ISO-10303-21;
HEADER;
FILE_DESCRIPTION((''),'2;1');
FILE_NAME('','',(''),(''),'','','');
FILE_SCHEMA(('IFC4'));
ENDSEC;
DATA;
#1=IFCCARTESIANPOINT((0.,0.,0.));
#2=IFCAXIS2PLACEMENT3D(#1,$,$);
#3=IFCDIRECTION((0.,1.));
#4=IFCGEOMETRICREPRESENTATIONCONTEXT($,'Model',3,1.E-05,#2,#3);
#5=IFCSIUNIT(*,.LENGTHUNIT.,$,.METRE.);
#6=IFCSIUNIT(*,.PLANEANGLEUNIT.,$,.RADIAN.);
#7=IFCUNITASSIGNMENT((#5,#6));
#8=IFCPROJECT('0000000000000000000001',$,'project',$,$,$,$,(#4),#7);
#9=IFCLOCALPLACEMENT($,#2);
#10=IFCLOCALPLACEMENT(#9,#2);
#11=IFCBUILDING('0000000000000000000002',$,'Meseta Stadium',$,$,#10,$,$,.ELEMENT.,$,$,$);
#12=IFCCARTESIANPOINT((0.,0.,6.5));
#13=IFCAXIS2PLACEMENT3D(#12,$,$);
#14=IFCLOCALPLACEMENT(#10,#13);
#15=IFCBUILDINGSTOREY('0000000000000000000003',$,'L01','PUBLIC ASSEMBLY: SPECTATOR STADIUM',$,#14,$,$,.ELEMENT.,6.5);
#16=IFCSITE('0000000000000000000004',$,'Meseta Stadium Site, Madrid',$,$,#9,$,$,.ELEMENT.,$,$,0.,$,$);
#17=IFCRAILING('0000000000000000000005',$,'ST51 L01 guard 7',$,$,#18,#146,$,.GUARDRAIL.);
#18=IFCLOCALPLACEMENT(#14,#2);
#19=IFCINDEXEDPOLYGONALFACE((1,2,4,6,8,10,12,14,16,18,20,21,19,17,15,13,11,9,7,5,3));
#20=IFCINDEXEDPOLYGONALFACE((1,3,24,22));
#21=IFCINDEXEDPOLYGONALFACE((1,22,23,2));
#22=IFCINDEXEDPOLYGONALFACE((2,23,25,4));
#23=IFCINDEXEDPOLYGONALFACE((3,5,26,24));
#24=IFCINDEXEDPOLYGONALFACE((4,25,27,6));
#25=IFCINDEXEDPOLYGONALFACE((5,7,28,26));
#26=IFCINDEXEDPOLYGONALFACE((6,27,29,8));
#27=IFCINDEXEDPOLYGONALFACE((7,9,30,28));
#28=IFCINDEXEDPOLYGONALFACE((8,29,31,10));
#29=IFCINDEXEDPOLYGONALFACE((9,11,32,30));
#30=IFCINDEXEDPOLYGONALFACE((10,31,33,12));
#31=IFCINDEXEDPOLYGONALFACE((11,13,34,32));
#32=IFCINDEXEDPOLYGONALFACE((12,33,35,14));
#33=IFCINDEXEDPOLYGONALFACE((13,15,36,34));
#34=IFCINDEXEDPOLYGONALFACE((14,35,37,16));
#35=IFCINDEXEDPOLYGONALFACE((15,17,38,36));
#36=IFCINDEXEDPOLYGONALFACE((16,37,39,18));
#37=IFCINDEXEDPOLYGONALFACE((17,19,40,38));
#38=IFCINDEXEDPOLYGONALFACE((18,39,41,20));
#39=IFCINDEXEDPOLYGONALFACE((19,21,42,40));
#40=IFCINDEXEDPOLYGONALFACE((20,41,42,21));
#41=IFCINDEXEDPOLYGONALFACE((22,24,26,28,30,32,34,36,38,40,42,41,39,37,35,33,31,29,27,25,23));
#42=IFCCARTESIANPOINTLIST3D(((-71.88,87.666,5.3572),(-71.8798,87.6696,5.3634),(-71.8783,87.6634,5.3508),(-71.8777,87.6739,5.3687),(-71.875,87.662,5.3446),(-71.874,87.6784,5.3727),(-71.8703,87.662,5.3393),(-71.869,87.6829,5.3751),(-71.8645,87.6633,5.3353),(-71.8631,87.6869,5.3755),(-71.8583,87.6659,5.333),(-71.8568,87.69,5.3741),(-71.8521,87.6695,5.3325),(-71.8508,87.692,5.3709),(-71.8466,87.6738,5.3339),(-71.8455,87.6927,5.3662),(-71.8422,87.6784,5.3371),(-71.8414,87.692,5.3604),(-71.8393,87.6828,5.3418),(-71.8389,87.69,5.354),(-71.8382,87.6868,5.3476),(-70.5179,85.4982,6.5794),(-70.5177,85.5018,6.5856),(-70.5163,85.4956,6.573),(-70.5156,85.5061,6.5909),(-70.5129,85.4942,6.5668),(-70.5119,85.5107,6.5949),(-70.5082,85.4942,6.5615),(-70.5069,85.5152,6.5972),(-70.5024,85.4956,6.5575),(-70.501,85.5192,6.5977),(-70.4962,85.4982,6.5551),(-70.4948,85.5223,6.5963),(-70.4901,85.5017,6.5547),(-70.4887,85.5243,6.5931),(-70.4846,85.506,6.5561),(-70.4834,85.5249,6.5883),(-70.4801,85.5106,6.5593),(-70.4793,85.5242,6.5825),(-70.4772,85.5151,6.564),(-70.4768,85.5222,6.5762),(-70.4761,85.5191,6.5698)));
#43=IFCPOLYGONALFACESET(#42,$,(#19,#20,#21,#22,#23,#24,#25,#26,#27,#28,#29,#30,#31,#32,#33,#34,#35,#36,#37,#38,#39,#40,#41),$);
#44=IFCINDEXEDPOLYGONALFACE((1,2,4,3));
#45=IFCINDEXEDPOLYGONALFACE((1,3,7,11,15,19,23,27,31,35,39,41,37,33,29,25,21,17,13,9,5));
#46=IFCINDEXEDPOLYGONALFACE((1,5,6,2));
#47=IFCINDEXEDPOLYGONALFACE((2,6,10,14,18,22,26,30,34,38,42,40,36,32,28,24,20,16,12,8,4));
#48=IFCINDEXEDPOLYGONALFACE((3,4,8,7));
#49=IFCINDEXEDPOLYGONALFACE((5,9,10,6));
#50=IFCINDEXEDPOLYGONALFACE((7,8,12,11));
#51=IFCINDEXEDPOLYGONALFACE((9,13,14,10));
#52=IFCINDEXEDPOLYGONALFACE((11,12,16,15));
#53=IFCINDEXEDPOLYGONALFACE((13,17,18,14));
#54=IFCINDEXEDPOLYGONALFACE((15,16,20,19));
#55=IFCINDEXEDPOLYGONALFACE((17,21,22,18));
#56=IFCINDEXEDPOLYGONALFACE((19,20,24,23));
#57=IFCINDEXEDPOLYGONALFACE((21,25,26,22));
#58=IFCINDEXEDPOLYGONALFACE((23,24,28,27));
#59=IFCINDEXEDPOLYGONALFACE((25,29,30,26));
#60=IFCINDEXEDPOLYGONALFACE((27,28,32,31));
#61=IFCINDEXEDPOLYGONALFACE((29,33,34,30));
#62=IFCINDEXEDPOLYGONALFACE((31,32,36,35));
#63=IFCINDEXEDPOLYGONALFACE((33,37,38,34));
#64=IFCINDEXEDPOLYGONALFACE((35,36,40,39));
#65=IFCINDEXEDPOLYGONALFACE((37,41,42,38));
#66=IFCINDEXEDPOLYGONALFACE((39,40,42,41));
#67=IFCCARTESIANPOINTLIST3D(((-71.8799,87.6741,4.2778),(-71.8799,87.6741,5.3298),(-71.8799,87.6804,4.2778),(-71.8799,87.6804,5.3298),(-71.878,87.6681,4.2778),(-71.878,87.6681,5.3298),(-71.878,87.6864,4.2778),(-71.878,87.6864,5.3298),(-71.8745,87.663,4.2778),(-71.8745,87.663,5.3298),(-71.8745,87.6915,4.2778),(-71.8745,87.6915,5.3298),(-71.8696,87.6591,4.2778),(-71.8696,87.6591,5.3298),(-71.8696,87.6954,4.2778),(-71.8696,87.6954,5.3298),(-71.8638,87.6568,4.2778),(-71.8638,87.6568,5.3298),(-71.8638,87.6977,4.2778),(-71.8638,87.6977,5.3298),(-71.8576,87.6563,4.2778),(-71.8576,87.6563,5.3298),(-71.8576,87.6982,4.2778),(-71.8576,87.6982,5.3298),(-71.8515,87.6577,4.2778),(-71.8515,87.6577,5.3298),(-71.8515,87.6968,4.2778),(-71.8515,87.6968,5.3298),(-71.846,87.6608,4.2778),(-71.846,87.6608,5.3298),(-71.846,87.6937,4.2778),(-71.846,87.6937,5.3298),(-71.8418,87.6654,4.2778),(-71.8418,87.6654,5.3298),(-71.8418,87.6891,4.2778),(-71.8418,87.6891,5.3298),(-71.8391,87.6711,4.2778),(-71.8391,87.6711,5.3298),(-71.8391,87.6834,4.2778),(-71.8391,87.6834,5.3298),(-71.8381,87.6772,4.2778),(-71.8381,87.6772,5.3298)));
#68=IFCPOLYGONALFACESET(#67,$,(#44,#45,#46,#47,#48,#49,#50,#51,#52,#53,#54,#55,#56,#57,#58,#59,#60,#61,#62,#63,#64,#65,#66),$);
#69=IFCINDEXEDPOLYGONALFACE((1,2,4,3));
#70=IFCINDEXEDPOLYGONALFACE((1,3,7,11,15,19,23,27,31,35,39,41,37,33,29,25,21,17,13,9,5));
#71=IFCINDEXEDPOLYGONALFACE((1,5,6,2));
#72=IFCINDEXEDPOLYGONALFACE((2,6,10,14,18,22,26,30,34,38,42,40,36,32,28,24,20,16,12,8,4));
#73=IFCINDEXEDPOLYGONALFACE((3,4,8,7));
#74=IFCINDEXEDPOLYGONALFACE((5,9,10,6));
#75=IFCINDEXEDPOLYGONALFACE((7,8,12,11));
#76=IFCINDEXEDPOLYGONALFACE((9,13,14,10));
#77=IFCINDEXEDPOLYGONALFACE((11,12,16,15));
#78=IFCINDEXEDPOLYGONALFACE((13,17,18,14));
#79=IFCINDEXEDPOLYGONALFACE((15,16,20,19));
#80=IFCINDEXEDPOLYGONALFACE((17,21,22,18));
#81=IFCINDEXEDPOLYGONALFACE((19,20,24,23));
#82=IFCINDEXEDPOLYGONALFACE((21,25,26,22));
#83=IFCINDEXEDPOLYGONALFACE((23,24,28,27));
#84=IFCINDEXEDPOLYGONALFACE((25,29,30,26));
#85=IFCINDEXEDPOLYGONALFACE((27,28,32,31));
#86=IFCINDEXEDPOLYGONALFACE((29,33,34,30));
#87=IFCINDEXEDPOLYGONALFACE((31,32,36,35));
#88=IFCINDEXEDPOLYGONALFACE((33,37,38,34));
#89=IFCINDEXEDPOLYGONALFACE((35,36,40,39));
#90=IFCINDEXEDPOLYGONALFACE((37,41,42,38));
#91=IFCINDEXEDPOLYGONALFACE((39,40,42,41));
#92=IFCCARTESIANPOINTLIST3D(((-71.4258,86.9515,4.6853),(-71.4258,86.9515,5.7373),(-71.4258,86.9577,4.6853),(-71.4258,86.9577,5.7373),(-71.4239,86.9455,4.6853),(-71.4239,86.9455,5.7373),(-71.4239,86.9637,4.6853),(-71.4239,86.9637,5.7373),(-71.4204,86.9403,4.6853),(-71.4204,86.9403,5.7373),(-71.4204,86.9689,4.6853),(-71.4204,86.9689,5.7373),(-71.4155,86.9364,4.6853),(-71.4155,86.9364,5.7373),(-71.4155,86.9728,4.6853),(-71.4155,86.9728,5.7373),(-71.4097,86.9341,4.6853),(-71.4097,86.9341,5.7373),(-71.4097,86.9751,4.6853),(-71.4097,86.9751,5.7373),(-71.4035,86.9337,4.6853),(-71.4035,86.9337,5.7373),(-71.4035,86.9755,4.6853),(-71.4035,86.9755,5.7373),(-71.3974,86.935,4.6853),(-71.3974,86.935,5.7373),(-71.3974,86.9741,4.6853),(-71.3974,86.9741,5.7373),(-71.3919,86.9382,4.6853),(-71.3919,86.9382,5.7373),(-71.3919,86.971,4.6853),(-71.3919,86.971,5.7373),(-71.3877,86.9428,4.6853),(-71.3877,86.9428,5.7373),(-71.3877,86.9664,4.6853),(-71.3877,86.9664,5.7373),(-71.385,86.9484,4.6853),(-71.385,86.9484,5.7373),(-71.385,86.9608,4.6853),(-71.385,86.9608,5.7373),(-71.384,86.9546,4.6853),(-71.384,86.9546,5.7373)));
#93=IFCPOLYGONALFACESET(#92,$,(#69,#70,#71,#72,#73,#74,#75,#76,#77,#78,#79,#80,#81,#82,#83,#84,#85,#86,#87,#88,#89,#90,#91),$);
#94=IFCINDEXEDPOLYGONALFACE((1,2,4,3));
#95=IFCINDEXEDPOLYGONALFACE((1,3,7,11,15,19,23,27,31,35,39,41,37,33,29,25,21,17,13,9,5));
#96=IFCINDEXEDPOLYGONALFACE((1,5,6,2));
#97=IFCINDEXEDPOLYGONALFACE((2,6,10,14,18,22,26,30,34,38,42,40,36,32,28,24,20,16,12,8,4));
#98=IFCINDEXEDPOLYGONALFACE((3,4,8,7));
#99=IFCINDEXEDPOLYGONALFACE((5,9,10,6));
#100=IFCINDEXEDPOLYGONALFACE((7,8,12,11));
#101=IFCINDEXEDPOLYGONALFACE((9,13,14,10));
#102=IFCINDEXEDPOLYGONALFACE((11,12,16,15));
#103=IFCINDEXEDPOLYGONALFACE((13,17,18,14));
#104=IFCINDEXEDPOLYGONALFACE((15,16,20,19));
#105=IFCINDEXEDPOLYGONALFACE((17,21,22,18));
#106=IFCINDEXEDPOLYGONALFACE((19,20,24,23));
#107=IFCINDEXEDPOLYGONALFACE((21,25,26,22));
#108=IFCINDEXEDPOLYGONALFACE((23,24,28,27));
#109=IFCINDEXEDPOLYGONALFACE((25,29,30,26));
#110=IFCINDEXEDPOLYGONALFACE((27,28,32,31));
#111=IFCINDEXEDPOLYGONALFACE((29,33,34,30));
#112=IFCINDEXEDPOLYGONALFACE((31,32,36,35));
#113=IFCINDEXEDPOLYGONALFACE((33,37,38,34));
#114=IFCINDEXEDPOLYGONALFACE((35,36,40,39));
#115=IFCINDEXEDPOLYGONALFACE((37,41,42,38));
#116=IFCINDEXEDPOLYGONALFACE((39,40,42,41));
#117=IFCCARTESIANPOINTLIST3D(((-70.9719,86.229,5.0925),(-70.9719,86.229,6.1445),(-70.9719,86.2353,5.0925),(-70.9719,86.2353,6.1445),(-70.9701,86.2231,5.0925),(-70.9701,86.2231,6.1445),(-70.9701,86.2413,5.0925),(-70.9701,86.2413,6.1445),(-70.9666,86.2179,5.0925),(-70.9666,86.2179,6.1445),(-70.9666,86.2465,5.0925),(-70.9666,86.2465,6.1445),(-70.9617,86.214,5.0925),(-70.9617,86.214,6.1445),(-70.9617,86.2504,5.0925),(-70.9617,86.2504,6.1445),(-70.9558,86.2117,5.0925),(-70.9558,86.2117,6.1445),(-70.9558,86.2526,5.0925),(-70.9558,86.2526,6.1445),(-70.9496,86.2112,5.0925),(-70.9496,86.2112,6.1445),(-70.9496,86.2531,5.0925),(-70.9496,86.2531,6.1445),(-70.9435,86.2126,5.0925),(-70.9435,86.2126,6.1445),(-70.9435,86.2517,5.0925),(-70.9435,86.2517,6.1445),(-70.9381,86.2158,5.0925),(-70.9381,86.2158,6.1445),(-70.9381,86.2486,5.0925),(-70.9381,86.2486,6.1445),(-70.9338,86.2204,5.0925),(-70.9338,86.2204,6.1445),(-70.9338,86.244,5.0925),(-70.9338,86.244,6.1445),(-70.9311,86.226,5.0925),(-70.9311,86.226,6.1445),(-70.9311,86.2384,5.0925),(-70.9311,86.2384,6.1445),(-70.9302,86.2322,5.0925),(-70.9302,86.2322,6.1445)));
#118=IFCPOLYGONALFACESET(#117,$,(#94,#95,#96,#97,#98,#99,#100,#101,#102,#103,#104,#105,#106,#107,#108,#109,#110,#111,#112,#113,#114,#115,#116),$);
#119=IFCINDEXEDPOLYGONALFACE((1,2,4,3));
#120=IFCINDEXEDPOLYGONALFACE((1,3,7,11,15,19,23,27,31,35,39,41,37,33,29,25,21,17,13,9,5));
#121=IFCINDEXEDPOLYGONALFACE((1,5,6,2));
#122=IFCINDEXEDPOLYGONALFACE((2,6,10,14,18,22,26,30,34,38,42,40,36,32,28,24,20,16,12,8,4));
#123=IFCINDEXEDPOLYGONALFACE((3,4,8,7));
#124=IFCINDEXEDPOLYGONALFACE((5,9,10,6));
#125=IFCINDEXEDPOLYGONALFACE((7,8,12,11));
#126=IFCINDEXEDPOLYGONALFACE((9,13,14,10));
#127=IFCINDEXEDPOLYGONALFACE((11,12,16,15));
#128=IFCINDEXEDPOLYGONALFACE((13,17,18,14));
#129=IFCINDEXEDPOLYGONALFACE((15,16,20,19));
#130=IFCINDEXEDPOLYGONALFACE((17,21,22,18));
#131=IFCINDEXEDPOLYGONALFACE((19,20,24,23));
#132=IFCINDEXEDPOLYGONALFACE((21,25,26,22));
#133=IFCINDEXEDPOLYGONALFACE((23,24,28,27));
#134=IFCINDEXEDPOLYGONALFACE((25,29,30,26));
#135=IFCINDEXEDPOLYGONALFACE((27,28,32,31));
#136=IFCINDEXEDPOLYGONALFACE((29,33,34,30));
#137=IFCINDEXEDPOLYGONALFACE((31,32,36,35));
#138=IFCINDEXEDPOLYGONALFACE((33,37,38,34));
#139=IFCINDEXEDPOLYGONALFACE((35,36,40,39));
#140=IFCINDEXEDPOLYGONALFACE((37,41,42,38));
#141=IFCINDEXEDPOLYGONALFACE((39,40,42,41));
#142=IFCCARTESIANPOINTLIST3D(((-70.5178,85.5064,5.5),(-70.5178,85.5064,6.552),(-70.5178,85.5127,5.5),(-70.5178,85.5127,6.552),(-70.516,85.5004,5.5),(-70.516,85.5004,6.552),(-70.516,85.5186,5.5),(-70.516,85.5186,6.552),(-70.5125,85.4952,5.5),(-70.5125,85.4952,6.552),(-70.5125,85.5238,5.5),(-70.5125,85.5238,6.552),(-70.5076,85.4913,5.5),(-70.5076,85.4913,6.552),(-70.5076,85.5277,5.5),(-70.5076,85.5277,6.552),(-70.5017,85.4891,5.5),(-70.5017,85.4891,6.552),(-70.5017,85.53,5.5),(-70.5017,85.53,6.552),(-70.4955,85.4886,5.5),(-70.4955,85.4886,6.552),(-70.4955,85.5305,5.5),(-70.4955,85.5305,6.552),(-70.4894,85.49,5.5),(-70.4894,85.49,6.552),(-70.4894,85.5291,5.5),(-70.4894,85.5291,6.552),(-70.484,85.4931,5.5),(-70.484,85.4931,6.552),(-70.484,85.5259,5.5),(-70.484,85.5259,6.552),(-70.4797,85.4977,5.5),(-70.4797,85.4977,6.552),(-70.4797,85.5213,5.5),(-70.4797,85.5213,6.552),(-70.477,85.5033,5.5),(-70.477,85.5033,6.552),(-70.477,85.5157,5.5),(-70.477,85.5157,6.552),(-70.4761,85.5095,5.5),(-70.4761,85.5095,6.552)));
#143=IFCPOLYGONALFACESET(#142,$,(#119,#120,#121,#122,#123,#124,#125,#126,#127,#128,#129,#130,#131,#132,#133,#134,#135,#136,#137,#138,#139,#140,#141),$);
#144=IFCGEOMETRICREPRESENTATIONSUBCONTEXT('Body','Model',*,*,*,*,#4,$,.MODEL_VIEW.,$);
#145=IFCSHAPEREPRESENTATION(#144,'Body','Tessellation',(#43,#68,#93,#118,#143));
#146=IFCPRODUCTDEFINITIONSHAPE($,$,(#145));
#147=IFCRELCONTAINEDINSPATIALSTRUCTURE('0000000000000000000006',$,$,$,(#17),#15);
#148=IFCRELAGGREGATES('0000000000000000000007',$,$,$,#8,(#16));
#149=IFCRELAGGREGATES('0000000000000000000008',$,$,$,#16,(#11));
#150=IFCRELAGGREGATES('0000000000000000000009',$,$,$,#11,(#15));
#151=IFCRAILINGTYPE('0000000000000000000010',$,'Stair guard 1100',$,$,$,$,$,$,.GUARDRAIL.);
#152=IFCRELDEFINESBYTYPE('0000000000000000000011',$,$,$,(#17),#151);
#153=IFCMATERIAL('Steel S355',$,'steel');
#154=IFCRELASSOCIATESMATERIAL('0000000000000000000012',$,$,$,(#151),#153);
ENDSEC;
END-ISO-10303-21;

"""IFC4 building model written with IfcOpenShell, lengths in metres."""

from ifc_helpers import new_model, si_unit, direction, frame, origin, origin_2d, place, context, subcontext, project, spatial, circle, extrude, material, type_object, element, save


model = new_model("IFC4")

# Units and contexts
model_context = context("Model", 3, precision=1e-05, world=origin(), true_north=direction((0.0, 1.0)))
body_context = subcontext(model_context, "Body", "Model", "MODEL_VIEW")
ifc_project = project(units=[si_unit("LENGTHUNIT", "METRE"), si_unit("PLANEANGLEUNIT", "RADIAN")], contexts=[model_context])

# Site, building, storey
site_placement = place(None, origin())
site = spatial("IfcSite", under=ifc_project, at=site_placement, Name="Meseta Stadium Site, Madrid", CompositionType="ELEMENT", RefElevation=0.0)
building_placement = place(site_placement, origin())
building = spatial("IfcBuilding", under=site, at=building_placement, Name="Meseta Stadium", CompositionType="ELEMENT")
storey_placement = place(building_placement, frame((0.0, 0.0, 6.5)))
storey = spatial("IfcBuildingStorey", under=building, at=storey_placement, Name="L01", Description="PUBLIC ASSEMBLY: SPECTATOR STADIUM", CompositionType="ELEMENT", Elevation=6.5)

# Railing
ifc_material_1 = material(Name="Steel S355", Category="steel")
railing_type_1 = type_object("IfcRailingType", Name="Stair guard 1100", PredefinedType="GUARDRAIL", material=ifc_material_1)
railing_1_placement = place(storey_placement, frame((-71.8591, 87.6772, 4.2778)))
element("IfcRailing", 1, at=railing_1_placement, inside=storey, type_object=railing_type_1, Name="ST51 L01 guard 7", PredefinedType="GUARDRAIL", context=body_context, shape_type="SweptSolid", body=[
    extrude(circle(Radius=0.0239, at=origin_2d()), frame((0.0, 0.0, 1.0762), z_axis=(0.480125, -0.764121, 0.430813), x_axis=(0.846726, 0.532029, 0.0)), (0.0, 0.0, 1.0), 2.8369),
    extrude(circle(Radius=0.021, at=origin_2d()), origin(), (0.0, 0.0, 1.0), 1.052),
    extrude(circle(Radius=0.021, at=origin_2d()), frame((0.4541, -0.7227, 0.4075)), (0.0, 0.0, 1.0), 1.052),
    extrude(circle(Radius=0.021, at=origin_2d()), frame((0.908, -1.4451, 0.8147)), (0.0, 0.0, 1.0), 1.052),
    extrude(circle(Radius=0.021, at=origin_2d()), frame((1.3621, -2.1677, 1.2222)), (0.0, 0.0, 1.0), 1.052),
])

save(model, "model.ifc")
